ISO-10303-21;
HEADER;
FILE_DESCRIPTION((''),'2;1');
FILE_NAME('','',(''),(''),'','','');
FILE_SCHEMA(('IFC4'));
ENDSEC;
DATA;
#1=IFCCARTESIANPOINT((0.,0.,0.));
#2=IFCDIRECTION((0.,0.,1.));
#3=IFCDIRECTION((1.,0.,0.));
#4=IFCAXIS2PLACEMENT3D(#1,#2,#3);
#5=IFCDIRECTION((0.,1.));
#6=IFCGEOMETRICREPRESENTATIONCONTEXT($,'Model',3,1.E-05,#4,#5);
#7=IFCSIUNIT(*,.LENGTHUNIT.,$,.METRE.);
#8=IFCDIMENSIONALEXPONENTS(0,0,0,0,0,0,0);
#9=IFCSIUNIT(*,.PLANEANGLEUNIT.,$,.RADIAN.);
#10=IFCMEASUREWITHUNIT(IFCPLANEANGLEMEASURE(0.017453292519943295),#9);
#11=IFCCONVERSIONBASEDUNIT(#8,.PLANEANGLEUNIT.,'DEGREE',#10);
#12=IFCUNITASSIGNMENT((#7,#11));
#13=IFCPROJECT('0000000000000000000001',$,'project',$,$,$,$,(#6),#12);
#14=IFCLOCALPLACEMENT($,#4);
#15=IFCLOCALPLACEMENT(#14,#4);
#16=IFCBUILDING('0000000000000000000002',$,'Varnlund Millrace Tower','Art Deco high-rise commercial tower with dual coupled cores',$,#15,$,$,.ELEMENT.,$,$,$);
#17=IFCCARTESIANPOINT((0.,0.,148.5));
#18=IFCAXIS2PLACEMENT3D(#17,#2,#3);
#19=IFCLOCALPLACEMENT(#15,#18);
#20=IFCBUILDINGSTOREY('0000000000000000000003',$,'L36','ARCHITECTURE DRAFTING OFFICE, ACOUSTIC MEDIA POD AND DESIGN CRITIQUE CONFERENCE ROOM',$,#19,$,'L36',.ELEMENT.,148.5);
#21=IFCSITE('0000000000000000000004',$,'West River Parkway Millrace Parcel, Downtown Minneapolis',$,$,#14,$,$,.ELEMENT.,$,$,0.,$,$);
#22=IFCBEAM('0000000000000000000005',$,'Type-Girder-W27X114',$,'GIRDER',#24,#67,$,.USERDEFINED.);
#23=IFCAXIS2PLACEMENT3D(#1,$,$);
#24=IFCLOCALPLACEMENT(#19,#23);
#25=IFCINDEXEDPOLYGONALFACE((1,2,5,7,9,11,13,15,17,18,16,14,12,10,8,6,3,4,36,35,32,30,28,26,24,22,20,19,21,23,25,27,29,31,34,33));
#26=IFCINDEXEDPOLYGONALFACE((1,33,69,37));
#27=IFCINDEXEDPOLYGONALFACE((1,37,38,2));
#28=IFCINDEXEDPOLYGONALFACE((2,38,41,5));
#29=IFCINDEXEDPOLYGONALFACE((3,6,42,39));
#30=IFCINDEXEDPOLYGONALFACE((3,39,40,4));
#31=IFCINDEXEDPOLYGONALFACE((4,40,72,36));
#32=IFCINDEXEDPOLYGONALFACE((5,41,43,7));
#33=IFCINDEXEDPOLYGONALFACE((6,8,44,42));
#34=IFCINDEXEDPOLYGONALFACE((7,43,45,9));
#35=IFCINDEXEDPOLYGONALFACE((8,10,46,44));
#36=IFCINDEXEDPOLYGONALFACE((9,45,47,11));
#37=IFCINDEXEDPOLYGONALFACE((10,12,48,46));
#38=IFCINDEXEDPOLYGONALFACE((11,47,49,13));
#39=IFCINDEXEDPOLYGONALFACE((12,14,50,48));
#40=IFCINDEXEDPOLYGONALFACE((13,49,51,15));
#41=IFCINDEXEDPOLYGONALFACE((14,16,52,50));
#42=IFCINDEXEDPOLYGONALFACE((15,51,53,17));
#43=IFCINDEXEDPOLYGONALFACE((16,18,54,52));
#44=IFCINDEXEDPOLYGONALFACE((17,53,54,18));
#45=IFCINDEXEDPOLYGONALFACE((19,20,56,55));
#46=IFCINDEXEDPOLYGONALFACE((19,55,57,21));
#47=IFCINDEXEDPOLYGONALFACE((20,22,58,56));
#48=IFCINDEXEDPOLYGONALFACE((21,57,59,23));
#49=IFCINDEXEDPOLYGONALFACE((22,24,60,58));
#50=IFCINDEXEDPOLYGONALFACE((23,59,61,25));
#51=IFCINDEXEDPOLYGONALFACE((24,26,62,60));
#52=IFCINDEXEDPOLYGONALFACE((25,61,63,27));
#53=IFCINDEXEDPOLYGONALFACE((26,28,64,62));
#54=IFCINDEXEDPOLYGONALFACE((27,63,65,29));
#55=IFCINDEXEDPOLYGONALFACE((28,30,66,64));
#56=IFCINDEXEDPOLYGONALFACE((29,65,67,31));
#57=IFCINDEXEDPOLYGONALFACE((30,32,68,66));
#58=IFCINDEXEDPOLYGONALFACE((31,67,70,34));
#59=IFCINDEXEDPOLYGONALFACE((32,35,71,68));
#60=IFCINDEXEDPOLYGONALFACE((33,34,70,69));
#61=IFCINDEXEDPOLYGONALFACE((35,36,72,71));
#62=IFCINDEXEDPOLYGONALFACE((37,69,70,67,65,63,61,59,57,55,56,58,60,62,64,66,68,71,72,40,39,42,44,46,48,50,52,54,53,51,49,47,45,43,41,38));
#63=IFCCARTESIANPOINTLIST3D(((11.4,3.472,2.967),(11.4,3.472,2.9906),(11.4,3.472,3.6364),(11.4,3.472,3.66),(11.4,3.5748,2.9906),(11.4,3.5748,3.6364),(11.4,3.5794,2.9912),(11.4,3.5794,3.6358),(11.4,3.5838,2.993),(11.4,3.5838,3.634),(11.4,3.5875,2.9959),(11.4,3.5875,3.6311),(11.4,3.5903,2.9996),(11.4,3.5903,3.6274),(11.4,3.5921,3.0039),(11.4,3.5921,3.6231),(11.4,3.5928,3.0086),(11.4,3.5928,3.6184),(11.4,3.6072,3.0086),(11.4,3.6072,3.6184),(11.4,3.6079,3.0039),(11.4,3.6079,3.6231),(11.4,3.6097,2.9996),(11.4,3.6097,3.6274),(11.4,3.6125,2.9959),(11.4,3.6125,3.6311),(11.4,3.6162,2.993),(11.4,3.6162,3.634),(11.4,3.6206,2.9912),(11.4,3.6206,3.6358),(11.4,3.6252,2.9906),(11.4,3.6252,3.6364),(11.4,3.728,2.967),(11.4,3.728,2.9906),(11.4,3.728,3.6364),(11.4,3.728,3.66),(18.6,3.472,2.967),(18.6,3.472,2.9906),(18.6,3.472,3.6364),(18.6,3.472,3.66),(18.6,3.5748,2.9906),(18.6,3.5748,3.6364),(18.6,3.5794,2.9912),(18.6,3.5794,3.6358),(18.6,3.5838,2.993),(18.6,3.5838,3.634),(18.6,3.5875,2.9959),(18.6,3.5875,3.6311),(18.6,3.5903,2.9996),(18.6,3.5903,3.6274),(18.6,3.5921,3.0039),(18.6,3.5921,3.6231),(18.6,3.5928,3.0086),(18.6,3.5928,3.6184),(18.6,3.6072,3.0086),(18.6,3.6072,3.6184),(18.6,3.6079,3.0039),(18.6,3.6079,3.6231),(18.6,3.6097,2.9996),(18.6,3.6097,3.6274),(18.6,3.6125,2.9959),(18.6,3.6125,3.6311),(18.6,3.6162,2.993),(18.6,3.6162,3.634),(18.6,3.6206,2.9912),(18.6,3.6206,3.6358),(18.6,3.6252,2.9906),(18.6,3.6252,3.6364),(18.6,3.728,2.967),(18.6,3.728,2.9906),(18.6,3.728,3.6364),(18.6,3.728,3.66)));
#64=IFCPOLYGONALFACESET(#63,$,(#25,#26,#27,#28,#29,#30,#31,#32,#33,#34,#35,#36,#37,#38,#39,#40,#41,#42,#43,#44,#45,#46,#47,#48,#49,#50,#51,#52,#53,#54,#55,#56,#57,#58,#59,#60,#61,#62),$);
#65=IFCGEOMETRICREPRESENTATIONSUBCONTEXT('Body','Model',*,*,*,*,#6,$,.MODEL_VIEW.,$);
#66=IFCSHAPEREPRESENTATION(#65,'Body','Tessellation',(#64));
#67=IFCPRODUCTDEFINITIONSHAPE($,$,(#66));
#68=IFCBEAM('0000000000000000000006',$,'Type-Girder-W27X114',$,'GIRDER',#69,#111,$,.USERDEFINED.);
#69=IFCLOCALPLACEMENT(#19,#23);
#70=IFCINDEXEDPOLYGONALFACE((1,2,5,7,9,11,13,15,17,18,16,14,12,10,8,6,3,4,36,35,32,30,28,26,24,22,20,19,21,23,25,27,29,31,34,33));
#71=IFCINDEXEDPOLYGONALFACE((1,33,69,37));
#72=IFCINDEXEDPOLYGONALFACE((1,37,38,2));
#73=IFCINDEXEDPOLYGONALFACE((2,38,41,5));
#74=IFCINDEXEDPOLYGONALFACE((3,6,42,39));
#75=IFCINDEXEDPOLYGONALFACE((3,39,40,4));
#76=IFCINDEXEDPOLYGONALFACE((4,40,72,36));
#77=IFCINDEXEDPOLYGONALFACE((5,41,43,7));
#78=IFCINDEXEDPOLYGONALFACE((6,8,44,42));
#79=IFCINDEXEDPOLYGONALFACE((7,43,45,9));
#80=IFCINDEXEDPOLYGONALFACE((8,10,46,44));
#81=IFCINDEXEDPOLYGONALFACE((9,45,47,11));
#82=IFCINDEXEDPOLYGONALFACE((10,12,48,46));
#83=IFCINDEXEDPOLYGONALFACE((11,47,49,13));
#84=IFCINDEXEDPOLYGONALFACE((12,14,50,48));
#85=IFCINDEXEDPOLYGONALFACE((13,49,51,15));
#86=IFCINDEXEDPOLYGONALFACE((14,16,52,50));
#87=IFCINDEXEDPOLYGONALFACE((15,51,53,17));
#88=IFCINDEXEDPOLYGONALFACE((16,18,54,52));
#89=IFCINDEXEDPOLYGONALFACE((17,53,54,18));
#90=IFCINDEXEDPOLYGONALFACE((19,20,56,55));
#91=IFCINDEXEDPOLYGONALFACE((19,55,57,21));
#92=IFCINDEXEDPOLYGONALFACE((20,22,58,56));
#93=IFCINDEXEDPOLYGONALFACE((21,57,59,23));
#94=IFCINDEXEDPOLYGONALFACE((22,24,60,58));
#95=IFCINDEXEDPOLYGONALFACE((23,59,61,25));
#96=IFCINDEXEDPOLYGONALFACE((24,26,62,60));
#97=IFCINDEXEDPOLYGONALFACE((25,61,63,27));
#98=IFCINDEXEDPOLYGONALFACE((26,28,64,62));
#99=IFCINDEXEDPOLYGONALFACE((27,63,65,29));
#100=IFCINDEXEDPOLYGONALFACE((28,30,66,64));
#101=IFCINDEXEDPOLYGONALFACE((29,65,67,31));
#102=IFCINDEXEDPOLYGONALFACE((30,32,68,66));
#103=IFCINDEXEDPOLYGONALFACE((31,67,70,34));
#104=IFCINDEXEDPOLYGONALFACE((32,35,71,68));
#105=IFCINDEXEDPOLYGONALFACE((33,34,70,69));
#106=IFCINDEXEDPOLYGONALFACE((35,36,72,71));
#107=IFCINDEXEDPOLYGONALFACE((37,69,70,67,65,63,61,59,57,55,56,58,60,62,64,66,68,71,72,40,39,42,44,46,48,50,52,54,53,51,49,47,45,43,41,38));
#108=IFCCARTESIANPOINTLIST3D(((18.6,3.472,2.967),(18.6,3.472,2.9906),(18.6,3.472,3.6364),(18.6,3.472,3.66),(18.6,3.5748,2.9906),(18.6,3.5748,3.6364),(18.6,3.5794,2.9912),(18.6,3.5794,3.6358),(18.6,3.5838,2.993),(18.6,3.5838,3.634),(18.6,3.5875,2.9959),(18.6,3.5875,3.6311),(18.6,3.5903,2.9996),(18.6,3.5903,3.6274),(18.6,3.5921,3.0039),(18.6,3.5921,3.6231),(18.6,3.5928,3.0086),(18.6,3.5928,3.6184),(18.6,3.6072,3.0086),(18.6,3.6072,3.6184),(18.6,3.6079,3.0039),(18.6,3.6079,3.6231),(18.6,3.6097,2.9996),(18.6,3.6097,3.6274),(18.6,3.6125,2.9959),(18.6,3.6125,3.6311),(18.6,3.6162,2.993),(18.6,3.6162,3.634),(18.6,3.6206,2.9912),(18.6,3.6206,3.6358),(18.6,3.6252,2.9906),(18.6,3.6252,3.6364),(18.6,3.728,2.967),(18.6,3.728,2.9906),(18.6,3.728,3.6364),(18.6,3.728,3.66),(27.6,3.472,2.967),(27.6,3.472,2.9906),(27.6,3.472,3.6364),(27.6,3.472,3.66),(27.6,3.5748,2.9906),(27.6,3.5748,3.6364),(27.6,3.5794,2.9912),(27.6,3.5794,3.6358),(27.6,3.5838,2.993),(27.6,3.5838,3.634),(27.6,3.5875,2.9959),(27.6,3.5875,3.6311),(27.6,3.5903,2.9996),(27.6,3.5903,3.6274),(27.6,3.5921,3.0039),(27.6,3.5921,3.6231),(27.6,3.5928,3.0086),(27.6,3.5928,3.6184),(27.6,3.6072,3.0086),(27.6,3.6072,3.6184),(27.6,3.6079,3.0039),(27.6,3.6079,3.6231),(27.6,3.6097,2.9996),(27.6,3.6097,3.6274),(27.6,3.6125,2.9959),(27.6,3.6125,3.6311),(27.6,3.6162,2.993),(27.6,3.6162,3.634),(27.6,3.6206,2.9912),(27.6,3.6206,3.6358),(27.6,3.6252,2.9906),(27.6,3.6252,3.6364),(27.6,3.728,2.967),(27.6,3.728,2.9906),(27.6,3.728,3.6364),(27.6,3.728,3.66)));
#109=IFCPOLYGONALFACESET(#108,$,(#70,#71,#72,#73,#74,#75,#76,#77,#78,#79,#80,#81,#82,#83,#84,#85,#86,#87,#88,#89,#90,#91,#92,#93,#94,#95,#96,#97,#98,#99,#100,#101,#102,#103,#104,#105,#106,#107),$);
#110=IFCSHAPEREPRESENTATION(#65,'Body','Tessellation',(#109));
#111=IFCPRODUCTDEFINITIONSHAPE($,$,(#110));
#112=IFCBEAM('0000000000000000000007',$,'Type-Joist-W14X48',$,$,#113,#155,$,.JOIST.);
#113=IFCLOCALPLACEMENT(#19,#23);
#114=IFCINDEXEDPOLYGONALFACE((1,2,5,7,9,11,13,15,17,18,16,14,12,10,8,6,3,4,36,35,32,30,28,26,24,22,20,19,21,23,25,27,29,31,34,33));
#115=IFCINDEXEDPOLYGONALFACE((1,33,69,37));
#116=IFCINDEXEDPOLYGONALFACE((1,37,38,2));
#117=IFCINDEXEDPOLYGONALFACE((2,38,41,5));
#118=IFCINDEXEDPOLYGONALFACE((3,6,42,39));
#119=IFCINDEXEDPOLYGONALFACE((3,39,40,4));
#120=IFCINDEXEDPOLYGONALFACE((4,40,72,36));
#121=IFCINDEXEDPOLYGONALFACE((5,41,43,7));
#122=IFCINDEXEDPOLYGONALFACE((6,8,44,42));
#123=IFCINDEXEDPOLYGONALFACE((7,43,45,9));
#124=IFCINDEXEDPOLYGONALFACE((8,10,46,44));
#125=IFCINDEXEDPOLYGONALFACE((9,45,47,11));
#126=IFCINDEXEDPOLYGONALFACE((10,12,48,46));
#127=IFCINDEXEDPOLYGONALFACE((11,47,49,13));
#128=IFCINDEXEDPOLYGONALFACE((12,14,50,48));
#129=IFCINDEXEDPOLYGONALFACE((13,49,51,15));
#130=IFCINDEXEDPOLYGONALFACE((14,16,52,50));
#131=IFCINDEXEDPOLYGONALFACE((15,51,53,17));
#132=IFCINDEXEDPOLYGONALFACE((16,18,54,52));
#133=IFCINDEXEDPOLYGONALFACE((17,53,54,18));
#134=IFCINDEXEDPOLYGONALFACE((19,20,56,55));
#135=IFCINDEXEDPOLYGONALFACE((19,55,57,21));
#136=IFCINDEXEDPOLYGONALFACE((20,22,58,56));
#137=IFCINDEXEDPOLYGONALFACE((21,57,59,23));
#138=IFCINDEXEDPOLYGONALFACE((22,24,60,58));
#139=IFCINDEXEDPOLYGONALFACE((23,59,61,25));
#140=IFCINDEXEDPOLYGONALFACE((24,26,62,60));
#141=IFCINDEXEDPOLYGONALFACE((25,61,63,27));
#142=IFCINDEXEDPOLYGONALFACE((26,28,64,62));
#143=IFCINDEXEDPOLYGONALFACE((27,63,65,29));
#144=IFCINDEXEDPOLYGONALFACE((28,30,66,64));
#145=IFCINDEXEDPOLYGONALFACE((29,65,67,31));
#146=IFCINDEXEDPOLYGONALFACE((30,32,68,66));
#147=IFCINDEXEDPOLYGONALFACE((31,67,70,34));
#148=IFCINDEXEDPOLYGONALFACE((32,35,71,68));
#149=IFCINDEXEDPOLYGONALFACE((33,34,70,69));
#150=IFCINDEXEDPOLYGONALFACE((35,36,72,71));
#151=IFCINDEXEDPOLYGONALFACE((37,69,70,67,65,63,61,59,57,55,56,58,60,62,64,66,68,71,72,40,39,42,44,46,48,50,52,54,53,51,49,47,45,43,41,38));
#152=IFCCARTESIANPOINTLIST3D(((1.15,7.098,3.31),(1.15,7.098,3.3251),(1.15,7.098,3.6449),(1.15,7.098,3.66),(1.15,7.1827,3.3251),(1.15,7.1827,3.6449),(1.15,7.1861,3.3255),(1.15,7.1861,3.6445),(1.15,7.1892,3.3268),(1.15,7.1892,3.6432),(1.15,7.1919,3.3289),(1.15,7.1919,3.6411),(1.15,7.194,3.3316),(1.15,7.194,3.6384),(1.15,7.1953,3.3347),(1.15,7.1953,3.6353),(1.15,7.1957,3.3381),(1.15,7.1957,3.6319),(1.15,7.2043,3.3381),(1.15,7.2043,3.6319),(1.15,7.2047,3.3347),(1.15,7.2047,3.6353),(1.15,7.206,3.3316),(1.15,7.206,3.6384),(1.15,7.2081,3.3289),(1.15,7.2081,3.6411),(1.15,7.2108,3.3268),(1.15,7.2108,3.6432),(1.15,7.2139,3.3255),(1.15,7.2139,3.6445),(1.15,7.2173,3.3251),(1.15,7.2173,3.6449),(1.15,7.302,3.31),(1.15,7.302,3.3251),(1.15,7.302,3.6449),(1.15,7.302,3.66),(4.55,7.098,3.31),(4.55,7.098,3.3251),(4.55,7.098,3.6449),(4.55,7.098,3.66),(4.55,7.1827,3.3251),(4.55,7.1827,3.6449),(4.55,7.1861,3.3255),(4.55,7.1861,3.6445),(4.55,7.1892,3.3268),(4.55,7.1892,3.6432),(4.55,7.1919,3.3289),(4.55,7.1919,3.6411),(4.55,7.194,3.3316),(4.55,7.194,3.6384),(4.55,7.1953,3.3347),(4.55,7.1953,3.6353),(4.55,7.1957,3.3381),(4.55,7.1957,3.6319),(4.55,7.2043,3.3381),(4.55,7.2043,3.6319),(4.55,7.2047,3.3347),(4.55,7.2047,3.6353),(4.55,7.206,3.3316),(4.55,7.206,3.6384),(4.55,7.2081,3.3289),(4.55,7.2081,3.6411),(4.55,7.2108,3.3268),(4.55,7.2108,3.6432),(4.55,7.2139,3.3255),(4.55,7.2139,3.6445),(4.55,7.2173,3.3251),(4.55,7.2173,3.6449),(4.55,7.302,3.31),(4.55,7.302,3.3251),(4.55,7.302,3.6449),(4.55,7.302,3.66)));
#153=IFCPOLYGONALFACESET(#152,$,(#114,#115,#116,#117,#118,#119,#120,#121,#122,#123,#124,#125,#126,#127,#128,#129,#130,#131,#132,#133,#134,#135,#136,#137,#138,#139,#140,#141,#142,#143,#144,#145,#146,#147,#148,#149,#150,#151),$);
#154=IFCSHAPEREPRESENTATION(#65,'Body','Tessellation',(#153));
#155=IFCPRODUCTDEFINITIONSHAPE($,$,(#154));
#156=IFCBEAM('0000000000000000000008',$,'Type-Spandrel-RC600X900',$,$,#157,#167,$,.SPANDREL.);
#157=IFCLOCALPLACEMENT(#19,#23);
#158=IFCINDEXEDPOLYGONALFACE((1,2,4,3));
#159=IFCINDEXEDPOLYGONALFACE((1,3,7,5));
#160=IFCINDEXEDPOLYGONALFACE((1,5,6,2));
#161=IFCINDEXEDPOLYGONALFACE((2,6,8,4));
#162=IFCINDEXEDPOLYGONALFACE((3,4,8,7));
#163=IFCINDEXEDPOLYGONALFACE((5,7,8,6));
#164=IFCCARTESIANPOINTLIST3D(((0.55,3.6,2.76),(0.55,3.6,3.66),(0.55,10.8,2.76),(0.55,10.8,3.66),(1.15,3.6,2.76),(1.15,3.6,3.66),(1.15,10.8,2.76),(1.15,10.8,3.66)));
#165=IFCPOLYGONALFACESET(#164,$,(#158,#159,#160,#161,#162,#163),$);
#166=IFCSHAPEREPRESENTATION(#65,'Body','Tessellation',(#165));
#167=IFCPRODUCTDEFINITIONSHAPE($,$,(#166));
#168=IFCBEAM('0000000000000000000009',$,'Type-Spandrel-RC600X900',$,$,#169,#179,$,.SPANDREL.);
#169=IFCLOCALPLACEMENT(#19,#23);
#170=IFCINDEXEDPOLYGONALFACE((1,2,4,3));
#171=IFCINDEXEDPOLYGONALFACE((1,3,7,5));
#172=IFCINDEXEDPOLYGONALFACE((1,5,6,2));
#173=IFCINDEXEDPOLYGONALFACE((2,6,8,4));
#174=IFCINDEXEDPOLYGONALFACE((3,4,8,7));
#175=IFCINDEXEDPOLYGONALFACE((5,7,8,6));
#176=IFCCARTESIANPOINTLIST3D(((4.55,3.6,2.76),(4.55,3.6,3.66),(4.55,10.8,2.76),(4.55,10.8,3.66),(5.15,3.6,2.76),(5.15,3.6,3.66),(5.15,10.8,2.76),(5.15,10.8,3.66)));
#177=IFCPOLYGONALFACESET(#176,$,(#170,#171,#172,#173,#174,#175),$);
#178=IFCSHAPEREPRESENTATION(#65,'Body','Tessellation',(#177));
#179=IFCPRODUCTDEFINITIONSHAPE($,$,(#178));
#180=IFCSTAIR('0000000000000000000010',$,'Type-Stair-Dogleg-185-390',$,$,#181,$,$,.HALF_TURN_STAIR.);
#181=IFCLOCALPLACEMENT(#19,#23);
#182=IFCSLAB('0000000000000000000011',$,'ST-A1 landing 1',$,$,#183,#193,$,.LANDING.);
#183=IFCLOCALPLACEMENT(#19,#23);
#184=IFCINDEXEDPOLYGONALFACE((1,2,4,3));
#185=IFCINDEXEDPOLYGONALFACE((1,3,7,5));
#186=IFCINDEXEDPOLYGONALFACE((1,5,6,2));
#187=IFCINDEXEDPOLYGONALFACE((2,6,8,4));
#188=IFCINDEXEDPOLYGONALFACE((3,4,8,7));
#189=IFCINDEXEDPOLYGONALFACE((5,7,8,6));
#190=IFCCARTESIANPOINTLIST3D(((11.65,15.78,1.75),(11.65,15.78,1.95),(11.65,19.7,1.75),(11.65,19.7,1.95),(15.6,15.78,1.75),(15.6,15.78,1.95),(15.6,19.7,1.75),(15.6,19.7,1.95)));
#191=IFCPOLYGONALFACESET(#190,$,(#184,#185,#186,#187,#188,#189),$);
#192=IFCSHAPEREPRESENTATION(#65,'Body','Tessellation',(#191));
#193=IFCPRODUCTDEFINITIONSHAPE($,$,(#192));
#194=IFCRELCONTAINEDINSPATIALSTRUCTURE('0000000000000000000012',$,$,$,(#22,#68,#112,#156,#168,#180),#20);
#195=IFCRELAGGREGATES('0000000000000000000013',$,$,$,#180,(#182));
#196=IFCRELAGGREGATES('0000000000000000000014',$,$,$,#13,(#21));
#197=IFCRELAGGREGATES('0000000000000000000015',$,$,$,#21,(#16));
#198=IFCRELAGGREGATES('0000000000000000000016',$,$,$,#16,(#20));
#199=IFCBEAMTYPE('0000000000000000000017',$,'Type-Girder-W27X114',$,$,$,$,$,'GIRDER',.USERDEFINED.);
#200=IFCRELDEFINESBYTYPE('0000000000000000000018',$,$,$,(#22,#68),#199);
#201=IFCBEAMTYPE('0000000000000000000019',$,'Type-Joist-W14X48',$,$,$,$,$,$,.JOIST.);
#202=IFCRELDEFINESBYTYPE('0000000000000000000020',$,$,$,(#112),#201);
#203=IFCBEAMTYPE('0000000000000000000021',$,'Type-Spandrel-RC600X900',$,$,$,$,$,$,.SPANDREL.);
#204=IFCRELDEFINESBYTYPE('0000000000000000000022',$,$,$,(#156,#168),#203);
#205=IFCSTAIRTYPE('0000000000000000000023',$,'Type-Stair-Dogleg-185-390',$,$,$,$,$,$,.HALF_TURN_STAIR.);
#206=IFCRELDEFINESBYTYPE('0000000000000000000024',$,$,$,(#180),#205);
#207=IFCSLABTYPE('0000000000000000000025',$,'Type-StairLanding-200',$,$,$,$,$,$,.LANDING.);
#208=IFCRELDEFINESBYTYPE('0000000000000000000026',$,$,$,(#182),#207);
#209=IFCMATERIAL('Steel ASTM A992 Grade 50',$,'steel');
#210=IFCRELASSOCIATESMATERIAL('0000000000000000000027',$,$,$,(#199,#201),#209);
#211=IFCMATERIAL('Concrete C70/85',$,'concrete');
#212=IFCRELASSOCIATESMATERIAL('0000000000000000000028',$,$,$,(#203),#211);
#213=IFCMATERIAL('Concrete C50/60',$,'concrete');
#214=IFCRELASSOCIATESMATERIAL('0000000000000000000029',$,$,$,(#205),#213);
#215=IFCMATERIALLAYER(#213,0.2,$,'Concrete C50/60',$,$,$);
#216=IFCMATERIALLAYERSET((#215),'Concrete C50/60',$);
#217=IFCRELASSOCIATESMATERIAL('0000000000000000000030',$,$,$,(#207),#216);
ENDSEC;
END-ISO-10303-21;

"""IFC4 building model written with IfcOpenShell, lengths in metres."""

from ifc_helpers import new_model, entity, si_unit, converted_unit, direction, frame, origin_with_axes, origin_2d_with_axis, place, context, subcontext, project, spatial, polyline, rectangle, i_section, outline, extrude, material, layer, layer_set, material_profile, profile_set, type_object, element, aggregate, save


model = new_model("IFC4")

# Units and contexts
model_context = context("Model", 3, precision=1e-05, world=origin_with_axes(), true_north=direction((0.0, 1.0)))
body_context = subcontext(model_context, "Body", "Model", "MODEL_VIEW")
ifc_project = project(units=[si_unit("LENGTHUNIT", "METRE"), converted_unit("PLANEANGLEUNIT", "DEGREE", entity("IfcPlaneAngleMeasure", 0.017453292519943295), si_unit("PLANEANGLEUNIT", "RADIAN"), dimensions=[0, 0, 0, 0, 0, 0, 0])], contexts=[model_context])

# Site, building, storey
site_placement = place(None, origin_with_axes())
site = spatial("IfcSite", under=ifc_project, at=site_placement, Name="West River Parkway Millrace Parcel, Downtown Minneapolis", CompositionType="ELEMENT", RefElevation=0.0)
building_placement = place(site_placement, origin_with_axes())
building = spatial("IfcBuilding", under=site, at=building_placement, Name="Varnlund Millrace Tower", Description="Art Deco high-rise commercial tower with dual coupled cores", CompositionType="ELEMENT")
storey_placement = place(building_placement, frame((0.0, 0.0, 148.5), z_axis=(0.0, 0.0, 1.0), x_axis=(1.0, 0.0, 0.0)))
storey = spatial("IfcBuildingStorey", under=building, at=storey_placement, Name="L36", Description="ARCHITECTURE DRAFTING OFFICE, ACOUSTIC MEDIA POD AND DESIGN CRITIQUE CONFERENCE ROOM", LongName="L36", CompositionType="ELEMENT", Elevation=148.5)

# Beams
ifc_material_1 = material(Name="Steel ASTM A992 Grade 50", Category="steel")
ifc_material_profile_1 = material_profile(ifc_material_1, i_section(OverallWidth=0.256, OverallDepth=0.693, WebThickness=0.0145, FlangeThickness=0.0236, FilletRadius=0.018, at=origin_2d_with_axis()), Name="Steel ASTM A992 Grade 50")
ifc_profile_set_1 = profile_set([ifc_material_profile_1], Name="Steel ASTM A992 Grade 50")
beam_type_1 = type_object("IfcBeamType", Name="Type-Girder-W27X114", ElementType="GIRDER", PredefinedType="USERDEFINED", material=ifc_profile_set_1)
beam_1_placement = place(storey_placement, frame((11.4, 3.6, 3.3135), z_axis=(1.0, 0.0, 0.0), x_axis=(0.0, 1.0, 0.0)))
element("IfcBeam", 1, at=beam_1_placement, inside=storey, type_object=beam_type_1, Name="Type-Girder-W27X114", ObjectType="GIRDER", PredefinedType="USERDEFINED", context=body_context, shape_type="SweptSolid", body=[
    extrude(i_section(OverallWidth=0.256, OverallDepth=0.693, WebThickness=0.0145, FlangeThickness=0.0236, FilletRadius=0.018, at=origin_2d_with_axis()), origin_with_axes(), (0.0, 0.0, 1.0), 7.2),
])
beam_2_placement = place(storey_placement, frame((18.6, 3.6, 3.3135), z_axis=(1.0, 0.0, 0.0), x_axis=(0.0, 1.0, 0.0)))
element("IfcBeam", 2, at=beam_2_placement, inside=storey, type_object=beam_type_1, Name="Type-Girder-W27X114", ObjectType="GIRDER", PredefinedType="USERDEFINED", context=body_context, shape_type="SweptSolid", body=[
    extrude(i_section(OverallWidth=0.256, OverallDepth=0.693, WebThickness=0.0145, FlangeThickness=0.0236, FilletRadius=0.018, at=origin_2d_with_axis()), origin_with_axes(), (0.0, 0.0, 1.0), 9.0),
])
ifc_material_profile_2 = material_profile(ifc_material_1, i_section(OverallWidth=0.204, OverallDepth=0.35, WebThickness=0.0086, FlangeThickness=0.0151, FilletRadius=0.013, at=origin_2d_with_axis()), Name="Steel ASTM A992 Grade 50")
ifc_profile_set_2 = profile_set([ifc_material_profile_2], Name="Steel ASTM A992 Grade 50")
beam_type_2 = type_object("IfcBeamType", Name="Type-Joist-W14X48", PredefinedType="JOIST", material=ifc_profile_set_2)
beam_3_placement = place(storey_placement, frame((1.15, 7.2, 3.485), z_axis=(1.0, 0.0, 0.0), x_axis=(0.0, 1.0, 0.0)))
element("IfcBeam", 3, at=beam_3_placement, inside=storey, type_object=beam_type_2, Name="Type-Joist-W14X48", PredefinedType="JOIST", context=body_context, shape_type="SweptSolid", body=[
    extrude(i_section(OverallWidth=0.204, OverallDepth=0.35, WebThickness=0.0086, FlangeThickness=0.0151, FilletRadius=0.013, at=origin_2d_with_axis()), origin_with_axes(), (0.0, 0.0, 1.0), 3.4),
])
ifc_material_2 = material(Name="Concrete C70/85", Category="concrete")
ifc_material_profile_3 = material_profile(ifc_material_2, rectangle(XDim=0.6, YDim=0.9, at=origin_2d_with_axis()), Name="Concrete C70/85")
ifc_profile_set_3 = profile_set([ifc_material_profile_3], Name="Concrete C70/85")
beam_type_3 = type_object("IfcBeamType", Name="Type-Spandrel-RC600X900", PredefinedType="SPANDREL", material=ifc_profile_set_3)
for number, where, z_axis, x_axis, name in (
    (4, (0.85, 3.6, 3.21), (0.0, 1.0, 0.0), (-1.0, 0.0, 0.0), "Type-Spandrel-RC600X900"),
    (5, (4.85, 3.6, 3.21), (0.0, 1.0, 0.0), (-1.0, 0.0, 0.0), "Type-Spandrel-RC600X900"),
):
    element("IfcBeam", number, at=place(storey_placement, frame(where, z_axis=z_axis, x_axis=x_axis)), inside=storey, type_object=beam_type_3, Name=name, PredefinedType="SPANDREL", context=body_context, shape_type="SweptSolid", body=[
        extrude(rectangle(XDim=0.6, YDim=0.9, at=origin_2d_with_axis()), origin_with_axes(), (0.0, 0.0, 1.0), 7.2),
    ])

# Stair, slab
ifc_material_3 = material(Name="Concrete C50/60", Category="concrete")
stair_type_1 = type_object("IfcStairType", Name="Type-Stair-Dogleg-185-390", PredefinedType="HALF_TURN_STAIR", material=ifc_material_3)
stair_1_placement = place(storey_placement, origin_with_axes())
stair_1 = element("IfcStair", 6, at=stair_1_placement, inside=storey, type_object=stair_type_1, Name="Type-Stair-Dogleg-185-390", PredefinedType="HALF_TURN_STAIR")
ifc_layer_1 = layer(ifc_material_3, 0.2, Name="Concrete C50/60")
ifc_layer_set_1 = layer_set([ifc_layer_1], Name="Concrete C50/60")
slab_type = type_object("IfcSlabType", Name="Type-StairLanding-200", PredefinedType="LANDING", material=ifc_layer_set_1)
slab_1_placement = place(storey_placement, frame((0.0, 0.0, 1.75), z_axis=(0.0, 0.0, 1.0), x_axis=(1.0, 0.0, 0.0)))
slab_1 = element("IfcSlab", 7, at=slab_1_placement, type_object=slab_type, Name="ST-A1 landing 1", PredefinedType="LANDING", context=body_context, shape_type="SweptSolid", body=[
    extrude(outline(polyline([(15.6, 15.78), (15.6, 19.7), (11.65, 19.7), (11.65, 15.78), (15.6, 15.78)])), origin_with_axes(), (0.0, 0.0, 1.0), 0.2),
])
aggregate(stair_1, [slab_1])

save(model, "model.ifc")
